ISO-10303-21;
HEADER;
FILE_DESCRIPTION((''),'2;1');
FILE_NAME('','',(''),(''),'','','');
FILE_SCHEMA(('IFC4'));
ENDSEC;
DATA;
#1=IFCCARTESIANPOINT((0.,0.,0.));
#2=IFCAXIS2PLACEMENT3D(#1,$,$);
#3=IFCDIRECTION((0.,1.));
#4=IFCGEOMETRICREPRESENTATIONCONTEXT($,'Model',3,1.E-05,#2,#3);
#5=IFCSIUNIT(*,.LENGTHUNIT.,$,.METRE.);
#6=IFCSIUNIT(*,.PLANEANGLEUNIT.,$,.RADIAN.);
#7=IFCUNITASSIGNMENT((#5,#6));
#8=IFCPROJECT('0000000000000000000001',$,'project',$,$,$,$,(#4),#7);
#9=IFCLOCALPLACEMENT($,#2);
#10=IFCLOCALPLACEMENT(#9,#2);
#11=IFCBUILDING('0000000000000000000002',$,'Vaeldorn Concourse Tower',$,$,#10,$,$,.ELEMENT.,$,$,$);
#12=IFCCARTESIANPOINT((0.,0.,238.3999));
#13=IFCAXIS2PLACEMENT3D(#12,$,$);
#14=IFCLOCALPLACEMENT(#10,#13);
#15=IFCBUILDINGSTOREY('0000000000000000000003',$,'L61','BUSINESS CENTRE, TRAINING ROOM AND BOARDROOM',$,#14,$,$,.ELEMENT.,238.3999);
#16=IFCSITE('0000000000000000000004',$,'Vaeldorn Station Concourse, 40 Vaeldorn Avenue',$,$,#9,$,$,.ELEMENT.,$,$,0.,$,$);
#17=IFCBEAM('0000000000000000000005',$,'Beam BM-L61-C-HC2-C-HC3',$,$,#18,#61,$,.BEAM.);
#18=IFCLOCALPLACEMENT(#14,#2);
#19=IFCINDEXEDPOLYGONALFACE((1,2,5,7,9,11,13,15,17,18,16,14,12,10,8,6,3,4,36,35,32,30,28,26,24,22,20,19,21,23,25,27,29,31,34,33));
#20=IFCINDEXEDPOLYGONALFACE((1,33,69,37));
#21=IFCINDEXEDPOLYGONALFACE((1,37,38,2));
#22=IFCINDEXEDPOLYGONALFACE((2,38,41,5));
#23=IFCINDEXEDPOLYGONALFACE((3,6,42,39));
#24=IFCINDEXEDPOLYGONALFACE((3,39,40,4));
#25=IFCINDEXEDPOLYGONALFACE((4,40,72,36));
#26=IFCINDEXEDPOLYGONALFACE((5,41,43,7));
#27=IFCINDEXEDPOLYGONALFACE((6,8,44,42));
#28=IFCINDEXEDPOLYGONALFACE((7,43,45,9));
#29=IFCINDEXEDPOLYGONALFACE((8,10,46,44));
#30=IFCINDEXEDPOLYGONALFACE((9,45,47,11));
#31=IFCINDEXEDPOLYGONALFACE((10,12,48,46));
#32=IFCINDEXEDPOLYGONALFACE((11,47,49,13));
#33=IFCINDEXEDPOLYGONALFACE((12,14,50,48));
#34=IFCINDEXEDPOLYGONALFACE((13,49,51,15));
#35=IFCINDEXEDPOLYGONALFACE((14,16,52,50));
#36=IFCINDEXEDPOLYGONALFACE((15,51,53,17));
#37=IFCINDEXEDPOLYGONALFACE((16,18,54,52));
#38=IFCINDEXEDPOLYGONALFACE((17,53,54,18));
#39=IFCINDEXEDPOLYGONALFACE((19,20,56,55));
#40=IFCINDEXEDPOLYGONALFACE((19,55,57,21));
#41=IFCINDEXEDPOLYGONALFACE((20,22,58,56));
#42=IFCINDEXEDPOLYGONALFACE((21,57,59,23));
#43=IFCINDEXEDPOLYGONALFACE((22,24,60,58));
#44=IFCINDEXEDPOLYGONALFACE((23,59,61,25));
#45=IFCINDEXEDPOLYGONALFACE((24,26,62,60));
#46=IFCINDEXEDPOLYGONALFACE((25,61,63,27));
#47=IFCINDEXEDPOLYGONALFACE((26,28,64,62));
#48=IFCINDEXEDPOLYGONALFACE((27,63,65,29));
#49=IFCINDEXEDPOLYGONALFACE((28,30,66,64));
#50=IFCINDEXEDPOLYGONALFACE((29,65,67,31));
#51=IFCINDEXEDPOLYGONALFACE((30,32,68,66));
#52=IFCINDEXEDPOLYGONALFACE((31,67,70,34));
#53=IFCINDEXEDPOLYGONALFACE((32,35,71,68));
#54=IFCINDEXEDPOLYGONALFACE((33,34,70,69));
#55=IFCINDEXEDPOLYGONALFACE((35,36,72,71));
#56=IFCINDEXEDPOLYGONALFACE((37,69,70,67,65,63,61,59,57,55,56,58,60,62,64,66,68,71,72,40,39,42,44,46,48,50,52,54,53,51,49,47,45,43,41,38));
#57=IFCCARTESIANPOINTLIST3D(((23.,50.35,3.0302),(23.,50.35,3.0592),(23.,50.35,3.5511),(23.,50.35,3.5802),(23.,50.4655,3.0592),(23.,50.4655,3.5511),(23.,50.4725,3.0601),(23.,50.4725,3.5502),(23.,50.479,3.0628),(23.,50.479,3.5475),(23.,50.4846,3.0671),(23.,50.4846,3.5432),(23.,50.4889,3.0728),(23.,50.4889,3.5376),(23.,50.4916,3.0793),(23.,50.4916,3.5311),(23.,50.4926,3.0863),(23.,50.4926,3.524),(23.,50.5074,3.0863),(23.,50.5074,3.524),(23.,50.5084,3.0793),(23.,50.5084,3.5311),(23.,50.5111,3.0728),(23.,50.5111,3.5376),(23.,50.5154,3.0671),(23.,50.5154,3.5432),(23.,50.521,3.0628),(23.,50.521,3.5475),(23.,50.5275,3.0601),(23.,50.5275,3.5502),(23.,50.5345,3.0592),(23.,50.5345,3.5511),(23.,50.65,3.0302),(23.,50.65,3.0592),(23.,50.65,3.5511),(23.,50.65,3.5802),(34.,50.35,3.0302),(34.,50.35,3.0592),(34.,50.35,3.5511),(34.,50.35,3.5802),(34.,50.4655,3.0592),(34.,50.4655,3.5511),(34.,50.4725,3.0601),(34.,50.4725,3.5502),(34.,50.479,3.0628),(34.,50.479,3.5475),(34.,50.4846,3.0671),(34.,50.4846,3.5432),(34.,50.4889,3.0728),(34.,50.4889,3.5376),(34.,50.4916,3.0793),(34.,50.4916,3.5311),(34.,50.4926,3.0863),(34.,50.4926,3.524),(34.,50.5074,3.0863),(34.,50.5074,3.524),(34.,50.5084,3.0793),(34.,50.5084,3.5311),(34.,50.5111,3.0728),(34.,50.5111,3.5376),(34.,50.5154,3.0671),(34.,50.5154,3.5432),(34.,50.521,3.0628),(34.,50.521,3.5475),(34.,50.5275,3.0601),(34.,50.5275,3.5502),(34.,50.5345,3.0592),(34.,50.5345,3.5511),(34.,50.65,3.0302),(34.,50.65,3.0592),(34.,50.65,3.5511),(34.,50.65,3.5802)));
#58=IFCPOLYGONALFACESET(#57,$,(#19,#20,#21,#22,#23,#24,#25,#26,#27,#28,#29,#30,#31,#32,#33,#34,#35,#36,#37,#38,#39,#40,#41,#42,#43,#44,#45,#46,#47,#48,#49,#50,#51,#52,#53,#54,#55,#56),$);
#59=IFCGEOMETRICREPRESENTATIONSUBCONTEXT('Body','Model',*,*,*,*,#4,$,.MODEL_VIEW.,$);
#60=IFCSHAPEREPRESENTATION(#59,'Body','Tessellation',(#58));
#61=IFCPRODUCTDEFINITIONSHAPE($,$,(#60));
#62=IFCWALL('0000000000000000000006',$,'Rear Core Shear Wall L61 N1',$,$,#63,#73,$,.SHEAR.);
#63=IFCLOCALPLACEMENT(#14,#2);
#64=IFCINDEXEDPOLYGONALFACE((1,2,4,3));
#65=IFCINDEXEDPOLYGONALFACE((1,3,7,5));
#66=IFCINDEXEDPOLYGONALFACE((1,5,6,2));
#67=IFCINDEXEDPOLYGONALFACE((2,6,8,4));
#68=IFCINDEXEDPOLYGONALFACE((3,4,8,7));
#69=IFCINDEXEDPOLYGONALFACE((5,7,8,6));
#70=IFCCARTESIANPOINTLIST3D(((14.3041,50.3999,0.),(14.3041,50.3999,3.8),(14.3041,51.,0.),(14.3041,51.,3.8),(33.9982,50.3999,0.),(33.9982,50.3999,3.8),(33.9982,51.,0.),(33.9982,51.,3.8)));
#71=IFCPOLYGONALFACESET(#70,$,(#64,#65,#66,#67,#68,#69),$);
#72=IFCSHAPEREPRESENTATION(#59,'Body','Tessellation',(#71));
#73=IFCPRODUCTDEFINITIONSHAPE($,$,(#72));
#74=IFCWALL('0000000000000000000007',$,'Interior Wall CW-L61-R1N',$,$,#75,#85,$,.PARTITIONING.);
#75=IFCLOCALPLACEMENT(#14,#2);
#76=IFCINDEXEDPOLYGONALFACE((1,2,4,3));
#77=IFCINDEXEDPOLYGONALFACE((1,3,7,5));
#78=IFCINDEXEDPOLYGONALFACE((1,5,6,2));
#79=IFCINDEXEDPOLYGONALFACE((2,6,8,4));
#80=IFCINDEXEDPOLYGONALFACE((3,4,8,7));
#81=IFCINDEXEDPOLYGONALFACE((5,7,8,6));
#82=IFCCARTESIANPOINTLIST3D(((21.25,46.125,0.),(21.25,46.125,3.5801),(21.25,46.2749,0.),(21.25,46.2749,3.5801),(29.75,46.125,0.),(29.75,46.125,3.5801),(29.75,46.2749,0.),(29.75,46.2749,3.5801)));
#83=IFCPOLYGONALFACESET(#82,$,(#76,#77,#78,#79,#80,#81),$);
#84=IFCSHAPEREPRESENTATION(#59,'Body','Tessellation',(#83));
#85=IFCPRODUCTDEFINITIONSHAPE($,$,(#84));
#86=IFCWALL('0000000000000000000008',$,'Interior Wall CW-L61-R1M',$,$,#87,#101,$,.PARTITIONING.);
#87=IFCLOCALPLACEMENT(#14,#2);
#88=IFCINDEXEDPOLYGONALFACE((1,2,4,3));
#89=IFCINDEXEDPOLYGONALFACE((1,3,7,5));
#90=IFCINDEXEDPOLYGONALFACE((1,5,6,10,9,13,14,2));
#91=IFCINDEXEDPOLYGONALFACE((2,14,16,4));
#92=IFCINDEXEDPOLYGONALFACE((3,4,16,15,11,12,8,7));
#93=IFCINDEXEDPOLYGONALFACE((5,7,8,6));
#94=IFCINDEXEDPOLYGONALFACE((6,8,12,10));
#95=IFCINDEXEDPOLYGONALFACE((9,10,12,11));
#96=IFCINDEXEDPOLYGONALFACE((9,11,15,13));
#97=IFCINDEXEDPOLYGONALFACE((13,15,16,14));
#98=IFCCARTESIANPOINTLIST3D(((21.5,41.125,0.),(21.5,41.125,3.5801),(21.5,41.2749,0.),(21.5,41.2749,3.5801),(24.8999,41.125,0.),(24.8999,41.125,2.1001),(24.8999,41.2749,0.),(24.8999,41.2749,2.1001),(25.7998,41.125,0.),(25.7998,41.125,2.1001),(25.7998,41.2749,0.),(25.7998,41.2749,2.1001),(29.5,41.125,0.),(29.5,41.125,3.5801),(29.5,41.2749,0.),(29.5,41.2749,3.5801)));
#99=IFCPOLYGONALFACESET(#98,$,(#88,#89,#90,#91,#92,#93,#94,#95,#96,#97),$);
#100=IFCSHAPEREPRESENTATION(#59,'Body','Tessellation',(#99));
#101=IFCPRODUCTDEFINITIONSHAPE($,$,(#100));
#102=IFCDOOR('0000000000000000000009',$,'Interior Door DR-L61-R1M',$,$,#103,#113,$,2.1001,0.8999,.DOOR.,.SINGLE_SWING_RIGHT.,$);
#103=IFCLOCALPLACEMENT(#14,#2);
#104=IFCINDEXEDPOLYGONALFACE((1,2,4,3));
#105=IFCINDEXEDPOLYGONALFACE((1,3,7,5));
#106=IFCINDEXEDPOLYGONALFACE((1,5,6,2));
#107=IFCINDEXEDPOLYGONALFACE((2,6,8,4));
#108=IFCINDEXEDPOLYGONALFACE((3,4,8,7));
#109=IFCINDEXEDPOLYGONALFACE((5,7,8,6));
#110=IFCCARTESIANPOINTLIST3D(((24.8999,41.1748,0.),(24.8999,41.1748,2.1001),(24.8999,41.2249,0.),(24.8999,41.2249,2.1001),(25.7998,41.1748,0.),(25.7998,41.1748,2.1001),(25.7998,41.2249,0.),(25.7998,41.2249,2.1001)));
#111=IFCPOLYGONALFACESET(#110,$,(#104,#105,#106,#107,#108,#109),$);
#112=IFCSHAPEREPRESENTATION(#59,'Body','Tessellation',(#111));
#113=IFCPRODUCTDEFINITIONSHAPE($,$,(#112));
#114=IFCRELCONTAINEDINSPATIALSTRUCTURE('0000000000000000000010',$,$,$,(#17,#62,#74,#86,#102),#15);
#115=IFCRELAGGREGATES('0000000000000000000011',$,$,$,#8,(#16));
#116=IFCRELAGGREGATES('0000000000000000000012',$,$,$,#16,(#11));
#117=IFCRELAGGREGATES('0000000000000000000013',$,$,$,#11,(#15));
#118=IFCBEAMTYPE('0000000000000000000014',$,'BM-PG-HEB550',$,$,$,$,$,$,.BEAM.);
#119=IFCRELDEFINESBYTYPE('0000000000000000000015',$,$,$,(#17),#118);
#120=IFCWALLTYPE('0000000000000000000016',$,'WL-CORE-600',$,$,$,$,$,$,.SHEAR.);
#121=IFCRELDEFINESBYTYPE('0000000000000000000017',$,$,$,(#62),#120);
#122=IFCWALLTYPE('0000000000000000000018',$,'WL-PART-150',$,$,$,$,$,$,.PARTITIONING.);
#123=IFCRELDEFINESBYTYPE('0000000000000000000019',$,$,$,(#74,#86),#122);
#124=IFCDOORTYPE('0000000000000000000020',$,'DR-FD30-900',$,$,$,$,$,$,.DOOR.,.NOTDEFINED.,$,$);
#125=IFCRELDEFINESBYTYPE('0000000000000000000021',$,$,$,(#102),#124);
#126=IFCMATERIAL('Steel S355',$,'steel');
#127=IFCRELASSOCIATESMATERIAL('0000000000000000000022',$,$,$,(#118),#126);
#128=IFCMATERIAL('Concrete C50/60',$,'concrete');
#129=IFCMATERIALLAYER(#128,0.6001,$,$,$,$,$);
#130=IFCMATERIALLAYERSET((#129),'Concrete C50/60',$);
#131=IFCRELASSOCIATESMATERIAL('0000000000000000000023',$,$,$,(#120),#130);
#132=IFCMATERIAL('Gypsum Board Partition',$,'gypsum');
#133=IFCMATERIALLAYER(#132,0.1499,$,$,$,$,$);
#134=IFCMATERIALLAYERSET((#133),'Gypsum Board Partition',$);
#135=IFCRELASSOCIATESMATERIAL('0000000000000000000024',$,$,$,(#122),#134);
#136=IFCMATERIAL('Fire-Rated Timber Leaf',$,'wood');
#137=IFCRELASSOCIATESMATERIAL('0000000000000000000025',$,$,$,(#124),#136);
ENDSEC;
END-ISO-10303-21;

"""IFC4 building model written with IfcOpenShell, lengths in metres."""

from ifc_helpers import new_model, si_unit, direction, frame, frame_2d, origin, origin_2d, place, context, subcontext, project, spatial, rectangle, i_section, extrude, source, transform, mapped, material, layer, layer_set, material_profile, profile_set, type_object, element, fill, save


model = new_model("IFC4")

# Units and contexts
model_context = context("Model", 3, precision=1e-05, world=origin(), true_north=direction((0.0, 1.0)))
body_context = subcontext(model_context, "Body", "Model", "MODEL_VIEW")
ifc_project = project(units=[si_unit("LENGTHUNIT", "METRE"), si_unit("PLANEANGLEUNIT", "RADIAN")], contexts=[model_context])

# Site, building, storey
site_placement = place(None, origin())
site = spatial("IfcSite", under=ifc_project, at=site_placement, Name="Vaeldorn Station Concourse, 40 Vaeldorn Avenue", CompositionType="ELEMENT", RefElevation=0.0)
building_placement = place(site_placement, origin())
building = spatial("IfcBuilding", under=site, at=building_placement, Name="Vaeldorn Concourse Tower", CompositionType="ELEMENT")
storey_placement = place(building_placement, frame((0.0, 0.0, 238.3999)))
storey = spatial("IfcBuildingStorey", under=building, at=storey_placement, Name="L61", Description="BUSINESS CENTRE, TRAINING ROOM AND BOARDROOM", CompositionType="ELEMENT", Elevation=238.3999)

# Beam
ifc_material_1 = material(Name="Steel S355", Category="steel")
ifc_material_profile_1 = material_profile(ifc_material_1, i_section(OverallWidth=0.3, OverallDepth=0.55, WebThickness=0.0149, FlangeThickness=0.0291, FilletRadius=0.0271, at=origin_2d()), Name="HEB 550")
ifc_profile_set_1 = profile_set([ifc_material_profile_1], Name="Steel S355")
beam_type_1 = type_object("IfcBeamType", Name="BM-PG-HEB550", PredefinedType="BEAM", material=ifc_profile_set_1)
shared_shape_1 = source(origin(), body_context, "Body", "SweptSolid", [
    extrude(i_section(OverallWidth=0.3, OverallDepth=0.55, WebThickness=0.0149, FlangeThickness=0.0291, FilletRadius=0.0271, at=origin_2d()), origin(), (0.0, 0.0, 1.0), 11.0),
])
beam_1_placement = place(storey_placement, frame((23.0, 50.5, 3.3052), z_axis=(1.0, 0.0, 0.0), x_axis=(0.0, 1.0, 0.0)))
element("IfcBeam", 1, at=beam_1_placement, inside=storey, type_object=beam_type_1, Name="Beam BM-L61-C-HC2-C-HC3", PredefinedType="BEAM", context=body_context, shape_type="MappedRepresentation", body=[
    mapped(shared_shape_1, transform((0.0, 0.0, 0.0), scale=1.0)),
])

# Walls
ifc_material_2 = material(Name="Concrete C50/60", Category="concrete")
ifc_layer_1 = layer(ifc_material_2, 0.6001)
ifc_layer_set_1 = layer_set([ifc_layer_1], Name="Concrete C50/60")
wall_type_1 = type_object("IfcWallType", Name="WL-CORE-600", PredefinedType="SHEAR", material=ifc_layer_set_1)
wall_1_placement = place(storey_placement, frame((14.304, 50.7, 0.0), z_axis=(0.0, 0.0, 1.0), x_axis=(1.0, 0.0, 0.0)))
element("IfcWall", 2, at=wall_1_placement, inside=storey, type_object=wall_type_1, Name="Rear Core Shear Wall L61 N1", PredefinedType="SHEAR", context=body_context, shape_type="SweptSolid", body=[
    extrude(rectangle(XDim=19.6941, YDim=0.6001, at=frame_2d((9.8472, 0.0))), origin(), (0.0, 0.0, 1.0), 3.8),
])
ifc_material_3 = material(Name="Gypsum Board Partition", Category="gypsum")
ifc_layer_2 = layer(ifc_material_3, 0.1499)
ifc_layer_set_2 = layer_set([ifc_layer_2], Name="Gypsum Board Partition")
wall_type_2 = type_object("IfcWallType", Name="WL-PART-150", PredefinedType="PARTITIONING", material=ifc_layer_set_2)
wall_2_placement = place(storey_placement, frame((21.25, 46.2, 0.0), z_axis=(0.0, 0.0, 1.0), x_axis=(1.0, 0.0, 0.0)))
element("IfcWall", 3, at=wall_2_placement, inside=storey, type_object=wall_type_2, Name="Interior Wall CW-L61-R1N", PredefinedType="PARTITIONING", context=body_context, shape_type="SweptSolid", body=[
    extrude(rectangle(XDim=8.5, YDim=0.1499, at=frame_2d((4.25, 0.0))), origin(), (0.0, 0.0, 1.0), 3.5801),
])

# Wall, opening, door
wall_3_placement = place(storey_placement, frame((21.5, 41.2, 0.0), z_axis=(0.0, 0.0, 1.0), x_axis=(1.0, 0.0, 0.0)))
wall_3 = element("IfcWall", 4, at=wall_3_placement, inside=storey, type_object=wall_type_2, Name="Interior Wall CW-L61-R1M", PredefinedType="PARTITIONING", context=body_context, shape_type="SweptSolid", body=[
    extrude(rectangle(XDim=8.0, YDim=0.1499, at=frame_2d((4.0, 0.0))), origin(), (0.0, 0.0, 1.0), 3.5801),
])
opening_1_placement = place(wall_3_placement, frame((3.3999, 0.0, 0.0)))
opening_1 = element("IfcOpeningElement", 5, at=opening_1_placement, cuts=wall_3, PredefinedType="OPENING", context=body_context, shape_type="SweptSolid", body=[
    extrude(rectangle(XDim=0.8999, YDim=2.1001, at=frame_2d((0.45, 1.05))), frame((0.0, 0.085, 0.0), z_axis=(0.0, -1.0, 0.0), x_axis=(1.0, 0.0, 0.0)), (0.0, 0.0, 1.0), 0.1699),
])
ifc_material_4 = material(Name="Fire-Rated Timber Leaf", Category="wood")
door_type_1 = type_object("IfcDoorType", Name="DR-FD30-900", OperationType="NOTDEFINED", PredefinedType="DOOR", material=ifc_material_4)
shared_shape_2 = source(origin(), body_context, "Body", "SweptSolid", [
    extrude(rectangle(XDim=0.8999, YDim=2.1001, at=frame_2d((0.45, 1.05))), frame((0.0, 0.0249, 0.0), z_axis=(0.0, -1.0, 0.0), x_axis=(1.0, 0.0, 0.0)), (0.0, 0.0, 1.0), 0.05),
])
door_1_placement = place(opening_1_placement, origin())
door_1 = element("IfcDoor", 6, at=door_1_placement, inside=storey, type_object=door_type_1, Name="Interior Door DR-L61-R1M", OperationType="SINGLE_SWING_RIGHT", OverallHeight=2.1001, OverallWidth=0.8999, PredefinedType="DOOR", context=body_context, shape_type="MappedRepresentation", body=[
    mapped(shared_shape_2, transform((0.0, 0.0, 0.0), scale=1.0)),
])
fill(opening_1, door_1)

save(model, "model.ifc")
